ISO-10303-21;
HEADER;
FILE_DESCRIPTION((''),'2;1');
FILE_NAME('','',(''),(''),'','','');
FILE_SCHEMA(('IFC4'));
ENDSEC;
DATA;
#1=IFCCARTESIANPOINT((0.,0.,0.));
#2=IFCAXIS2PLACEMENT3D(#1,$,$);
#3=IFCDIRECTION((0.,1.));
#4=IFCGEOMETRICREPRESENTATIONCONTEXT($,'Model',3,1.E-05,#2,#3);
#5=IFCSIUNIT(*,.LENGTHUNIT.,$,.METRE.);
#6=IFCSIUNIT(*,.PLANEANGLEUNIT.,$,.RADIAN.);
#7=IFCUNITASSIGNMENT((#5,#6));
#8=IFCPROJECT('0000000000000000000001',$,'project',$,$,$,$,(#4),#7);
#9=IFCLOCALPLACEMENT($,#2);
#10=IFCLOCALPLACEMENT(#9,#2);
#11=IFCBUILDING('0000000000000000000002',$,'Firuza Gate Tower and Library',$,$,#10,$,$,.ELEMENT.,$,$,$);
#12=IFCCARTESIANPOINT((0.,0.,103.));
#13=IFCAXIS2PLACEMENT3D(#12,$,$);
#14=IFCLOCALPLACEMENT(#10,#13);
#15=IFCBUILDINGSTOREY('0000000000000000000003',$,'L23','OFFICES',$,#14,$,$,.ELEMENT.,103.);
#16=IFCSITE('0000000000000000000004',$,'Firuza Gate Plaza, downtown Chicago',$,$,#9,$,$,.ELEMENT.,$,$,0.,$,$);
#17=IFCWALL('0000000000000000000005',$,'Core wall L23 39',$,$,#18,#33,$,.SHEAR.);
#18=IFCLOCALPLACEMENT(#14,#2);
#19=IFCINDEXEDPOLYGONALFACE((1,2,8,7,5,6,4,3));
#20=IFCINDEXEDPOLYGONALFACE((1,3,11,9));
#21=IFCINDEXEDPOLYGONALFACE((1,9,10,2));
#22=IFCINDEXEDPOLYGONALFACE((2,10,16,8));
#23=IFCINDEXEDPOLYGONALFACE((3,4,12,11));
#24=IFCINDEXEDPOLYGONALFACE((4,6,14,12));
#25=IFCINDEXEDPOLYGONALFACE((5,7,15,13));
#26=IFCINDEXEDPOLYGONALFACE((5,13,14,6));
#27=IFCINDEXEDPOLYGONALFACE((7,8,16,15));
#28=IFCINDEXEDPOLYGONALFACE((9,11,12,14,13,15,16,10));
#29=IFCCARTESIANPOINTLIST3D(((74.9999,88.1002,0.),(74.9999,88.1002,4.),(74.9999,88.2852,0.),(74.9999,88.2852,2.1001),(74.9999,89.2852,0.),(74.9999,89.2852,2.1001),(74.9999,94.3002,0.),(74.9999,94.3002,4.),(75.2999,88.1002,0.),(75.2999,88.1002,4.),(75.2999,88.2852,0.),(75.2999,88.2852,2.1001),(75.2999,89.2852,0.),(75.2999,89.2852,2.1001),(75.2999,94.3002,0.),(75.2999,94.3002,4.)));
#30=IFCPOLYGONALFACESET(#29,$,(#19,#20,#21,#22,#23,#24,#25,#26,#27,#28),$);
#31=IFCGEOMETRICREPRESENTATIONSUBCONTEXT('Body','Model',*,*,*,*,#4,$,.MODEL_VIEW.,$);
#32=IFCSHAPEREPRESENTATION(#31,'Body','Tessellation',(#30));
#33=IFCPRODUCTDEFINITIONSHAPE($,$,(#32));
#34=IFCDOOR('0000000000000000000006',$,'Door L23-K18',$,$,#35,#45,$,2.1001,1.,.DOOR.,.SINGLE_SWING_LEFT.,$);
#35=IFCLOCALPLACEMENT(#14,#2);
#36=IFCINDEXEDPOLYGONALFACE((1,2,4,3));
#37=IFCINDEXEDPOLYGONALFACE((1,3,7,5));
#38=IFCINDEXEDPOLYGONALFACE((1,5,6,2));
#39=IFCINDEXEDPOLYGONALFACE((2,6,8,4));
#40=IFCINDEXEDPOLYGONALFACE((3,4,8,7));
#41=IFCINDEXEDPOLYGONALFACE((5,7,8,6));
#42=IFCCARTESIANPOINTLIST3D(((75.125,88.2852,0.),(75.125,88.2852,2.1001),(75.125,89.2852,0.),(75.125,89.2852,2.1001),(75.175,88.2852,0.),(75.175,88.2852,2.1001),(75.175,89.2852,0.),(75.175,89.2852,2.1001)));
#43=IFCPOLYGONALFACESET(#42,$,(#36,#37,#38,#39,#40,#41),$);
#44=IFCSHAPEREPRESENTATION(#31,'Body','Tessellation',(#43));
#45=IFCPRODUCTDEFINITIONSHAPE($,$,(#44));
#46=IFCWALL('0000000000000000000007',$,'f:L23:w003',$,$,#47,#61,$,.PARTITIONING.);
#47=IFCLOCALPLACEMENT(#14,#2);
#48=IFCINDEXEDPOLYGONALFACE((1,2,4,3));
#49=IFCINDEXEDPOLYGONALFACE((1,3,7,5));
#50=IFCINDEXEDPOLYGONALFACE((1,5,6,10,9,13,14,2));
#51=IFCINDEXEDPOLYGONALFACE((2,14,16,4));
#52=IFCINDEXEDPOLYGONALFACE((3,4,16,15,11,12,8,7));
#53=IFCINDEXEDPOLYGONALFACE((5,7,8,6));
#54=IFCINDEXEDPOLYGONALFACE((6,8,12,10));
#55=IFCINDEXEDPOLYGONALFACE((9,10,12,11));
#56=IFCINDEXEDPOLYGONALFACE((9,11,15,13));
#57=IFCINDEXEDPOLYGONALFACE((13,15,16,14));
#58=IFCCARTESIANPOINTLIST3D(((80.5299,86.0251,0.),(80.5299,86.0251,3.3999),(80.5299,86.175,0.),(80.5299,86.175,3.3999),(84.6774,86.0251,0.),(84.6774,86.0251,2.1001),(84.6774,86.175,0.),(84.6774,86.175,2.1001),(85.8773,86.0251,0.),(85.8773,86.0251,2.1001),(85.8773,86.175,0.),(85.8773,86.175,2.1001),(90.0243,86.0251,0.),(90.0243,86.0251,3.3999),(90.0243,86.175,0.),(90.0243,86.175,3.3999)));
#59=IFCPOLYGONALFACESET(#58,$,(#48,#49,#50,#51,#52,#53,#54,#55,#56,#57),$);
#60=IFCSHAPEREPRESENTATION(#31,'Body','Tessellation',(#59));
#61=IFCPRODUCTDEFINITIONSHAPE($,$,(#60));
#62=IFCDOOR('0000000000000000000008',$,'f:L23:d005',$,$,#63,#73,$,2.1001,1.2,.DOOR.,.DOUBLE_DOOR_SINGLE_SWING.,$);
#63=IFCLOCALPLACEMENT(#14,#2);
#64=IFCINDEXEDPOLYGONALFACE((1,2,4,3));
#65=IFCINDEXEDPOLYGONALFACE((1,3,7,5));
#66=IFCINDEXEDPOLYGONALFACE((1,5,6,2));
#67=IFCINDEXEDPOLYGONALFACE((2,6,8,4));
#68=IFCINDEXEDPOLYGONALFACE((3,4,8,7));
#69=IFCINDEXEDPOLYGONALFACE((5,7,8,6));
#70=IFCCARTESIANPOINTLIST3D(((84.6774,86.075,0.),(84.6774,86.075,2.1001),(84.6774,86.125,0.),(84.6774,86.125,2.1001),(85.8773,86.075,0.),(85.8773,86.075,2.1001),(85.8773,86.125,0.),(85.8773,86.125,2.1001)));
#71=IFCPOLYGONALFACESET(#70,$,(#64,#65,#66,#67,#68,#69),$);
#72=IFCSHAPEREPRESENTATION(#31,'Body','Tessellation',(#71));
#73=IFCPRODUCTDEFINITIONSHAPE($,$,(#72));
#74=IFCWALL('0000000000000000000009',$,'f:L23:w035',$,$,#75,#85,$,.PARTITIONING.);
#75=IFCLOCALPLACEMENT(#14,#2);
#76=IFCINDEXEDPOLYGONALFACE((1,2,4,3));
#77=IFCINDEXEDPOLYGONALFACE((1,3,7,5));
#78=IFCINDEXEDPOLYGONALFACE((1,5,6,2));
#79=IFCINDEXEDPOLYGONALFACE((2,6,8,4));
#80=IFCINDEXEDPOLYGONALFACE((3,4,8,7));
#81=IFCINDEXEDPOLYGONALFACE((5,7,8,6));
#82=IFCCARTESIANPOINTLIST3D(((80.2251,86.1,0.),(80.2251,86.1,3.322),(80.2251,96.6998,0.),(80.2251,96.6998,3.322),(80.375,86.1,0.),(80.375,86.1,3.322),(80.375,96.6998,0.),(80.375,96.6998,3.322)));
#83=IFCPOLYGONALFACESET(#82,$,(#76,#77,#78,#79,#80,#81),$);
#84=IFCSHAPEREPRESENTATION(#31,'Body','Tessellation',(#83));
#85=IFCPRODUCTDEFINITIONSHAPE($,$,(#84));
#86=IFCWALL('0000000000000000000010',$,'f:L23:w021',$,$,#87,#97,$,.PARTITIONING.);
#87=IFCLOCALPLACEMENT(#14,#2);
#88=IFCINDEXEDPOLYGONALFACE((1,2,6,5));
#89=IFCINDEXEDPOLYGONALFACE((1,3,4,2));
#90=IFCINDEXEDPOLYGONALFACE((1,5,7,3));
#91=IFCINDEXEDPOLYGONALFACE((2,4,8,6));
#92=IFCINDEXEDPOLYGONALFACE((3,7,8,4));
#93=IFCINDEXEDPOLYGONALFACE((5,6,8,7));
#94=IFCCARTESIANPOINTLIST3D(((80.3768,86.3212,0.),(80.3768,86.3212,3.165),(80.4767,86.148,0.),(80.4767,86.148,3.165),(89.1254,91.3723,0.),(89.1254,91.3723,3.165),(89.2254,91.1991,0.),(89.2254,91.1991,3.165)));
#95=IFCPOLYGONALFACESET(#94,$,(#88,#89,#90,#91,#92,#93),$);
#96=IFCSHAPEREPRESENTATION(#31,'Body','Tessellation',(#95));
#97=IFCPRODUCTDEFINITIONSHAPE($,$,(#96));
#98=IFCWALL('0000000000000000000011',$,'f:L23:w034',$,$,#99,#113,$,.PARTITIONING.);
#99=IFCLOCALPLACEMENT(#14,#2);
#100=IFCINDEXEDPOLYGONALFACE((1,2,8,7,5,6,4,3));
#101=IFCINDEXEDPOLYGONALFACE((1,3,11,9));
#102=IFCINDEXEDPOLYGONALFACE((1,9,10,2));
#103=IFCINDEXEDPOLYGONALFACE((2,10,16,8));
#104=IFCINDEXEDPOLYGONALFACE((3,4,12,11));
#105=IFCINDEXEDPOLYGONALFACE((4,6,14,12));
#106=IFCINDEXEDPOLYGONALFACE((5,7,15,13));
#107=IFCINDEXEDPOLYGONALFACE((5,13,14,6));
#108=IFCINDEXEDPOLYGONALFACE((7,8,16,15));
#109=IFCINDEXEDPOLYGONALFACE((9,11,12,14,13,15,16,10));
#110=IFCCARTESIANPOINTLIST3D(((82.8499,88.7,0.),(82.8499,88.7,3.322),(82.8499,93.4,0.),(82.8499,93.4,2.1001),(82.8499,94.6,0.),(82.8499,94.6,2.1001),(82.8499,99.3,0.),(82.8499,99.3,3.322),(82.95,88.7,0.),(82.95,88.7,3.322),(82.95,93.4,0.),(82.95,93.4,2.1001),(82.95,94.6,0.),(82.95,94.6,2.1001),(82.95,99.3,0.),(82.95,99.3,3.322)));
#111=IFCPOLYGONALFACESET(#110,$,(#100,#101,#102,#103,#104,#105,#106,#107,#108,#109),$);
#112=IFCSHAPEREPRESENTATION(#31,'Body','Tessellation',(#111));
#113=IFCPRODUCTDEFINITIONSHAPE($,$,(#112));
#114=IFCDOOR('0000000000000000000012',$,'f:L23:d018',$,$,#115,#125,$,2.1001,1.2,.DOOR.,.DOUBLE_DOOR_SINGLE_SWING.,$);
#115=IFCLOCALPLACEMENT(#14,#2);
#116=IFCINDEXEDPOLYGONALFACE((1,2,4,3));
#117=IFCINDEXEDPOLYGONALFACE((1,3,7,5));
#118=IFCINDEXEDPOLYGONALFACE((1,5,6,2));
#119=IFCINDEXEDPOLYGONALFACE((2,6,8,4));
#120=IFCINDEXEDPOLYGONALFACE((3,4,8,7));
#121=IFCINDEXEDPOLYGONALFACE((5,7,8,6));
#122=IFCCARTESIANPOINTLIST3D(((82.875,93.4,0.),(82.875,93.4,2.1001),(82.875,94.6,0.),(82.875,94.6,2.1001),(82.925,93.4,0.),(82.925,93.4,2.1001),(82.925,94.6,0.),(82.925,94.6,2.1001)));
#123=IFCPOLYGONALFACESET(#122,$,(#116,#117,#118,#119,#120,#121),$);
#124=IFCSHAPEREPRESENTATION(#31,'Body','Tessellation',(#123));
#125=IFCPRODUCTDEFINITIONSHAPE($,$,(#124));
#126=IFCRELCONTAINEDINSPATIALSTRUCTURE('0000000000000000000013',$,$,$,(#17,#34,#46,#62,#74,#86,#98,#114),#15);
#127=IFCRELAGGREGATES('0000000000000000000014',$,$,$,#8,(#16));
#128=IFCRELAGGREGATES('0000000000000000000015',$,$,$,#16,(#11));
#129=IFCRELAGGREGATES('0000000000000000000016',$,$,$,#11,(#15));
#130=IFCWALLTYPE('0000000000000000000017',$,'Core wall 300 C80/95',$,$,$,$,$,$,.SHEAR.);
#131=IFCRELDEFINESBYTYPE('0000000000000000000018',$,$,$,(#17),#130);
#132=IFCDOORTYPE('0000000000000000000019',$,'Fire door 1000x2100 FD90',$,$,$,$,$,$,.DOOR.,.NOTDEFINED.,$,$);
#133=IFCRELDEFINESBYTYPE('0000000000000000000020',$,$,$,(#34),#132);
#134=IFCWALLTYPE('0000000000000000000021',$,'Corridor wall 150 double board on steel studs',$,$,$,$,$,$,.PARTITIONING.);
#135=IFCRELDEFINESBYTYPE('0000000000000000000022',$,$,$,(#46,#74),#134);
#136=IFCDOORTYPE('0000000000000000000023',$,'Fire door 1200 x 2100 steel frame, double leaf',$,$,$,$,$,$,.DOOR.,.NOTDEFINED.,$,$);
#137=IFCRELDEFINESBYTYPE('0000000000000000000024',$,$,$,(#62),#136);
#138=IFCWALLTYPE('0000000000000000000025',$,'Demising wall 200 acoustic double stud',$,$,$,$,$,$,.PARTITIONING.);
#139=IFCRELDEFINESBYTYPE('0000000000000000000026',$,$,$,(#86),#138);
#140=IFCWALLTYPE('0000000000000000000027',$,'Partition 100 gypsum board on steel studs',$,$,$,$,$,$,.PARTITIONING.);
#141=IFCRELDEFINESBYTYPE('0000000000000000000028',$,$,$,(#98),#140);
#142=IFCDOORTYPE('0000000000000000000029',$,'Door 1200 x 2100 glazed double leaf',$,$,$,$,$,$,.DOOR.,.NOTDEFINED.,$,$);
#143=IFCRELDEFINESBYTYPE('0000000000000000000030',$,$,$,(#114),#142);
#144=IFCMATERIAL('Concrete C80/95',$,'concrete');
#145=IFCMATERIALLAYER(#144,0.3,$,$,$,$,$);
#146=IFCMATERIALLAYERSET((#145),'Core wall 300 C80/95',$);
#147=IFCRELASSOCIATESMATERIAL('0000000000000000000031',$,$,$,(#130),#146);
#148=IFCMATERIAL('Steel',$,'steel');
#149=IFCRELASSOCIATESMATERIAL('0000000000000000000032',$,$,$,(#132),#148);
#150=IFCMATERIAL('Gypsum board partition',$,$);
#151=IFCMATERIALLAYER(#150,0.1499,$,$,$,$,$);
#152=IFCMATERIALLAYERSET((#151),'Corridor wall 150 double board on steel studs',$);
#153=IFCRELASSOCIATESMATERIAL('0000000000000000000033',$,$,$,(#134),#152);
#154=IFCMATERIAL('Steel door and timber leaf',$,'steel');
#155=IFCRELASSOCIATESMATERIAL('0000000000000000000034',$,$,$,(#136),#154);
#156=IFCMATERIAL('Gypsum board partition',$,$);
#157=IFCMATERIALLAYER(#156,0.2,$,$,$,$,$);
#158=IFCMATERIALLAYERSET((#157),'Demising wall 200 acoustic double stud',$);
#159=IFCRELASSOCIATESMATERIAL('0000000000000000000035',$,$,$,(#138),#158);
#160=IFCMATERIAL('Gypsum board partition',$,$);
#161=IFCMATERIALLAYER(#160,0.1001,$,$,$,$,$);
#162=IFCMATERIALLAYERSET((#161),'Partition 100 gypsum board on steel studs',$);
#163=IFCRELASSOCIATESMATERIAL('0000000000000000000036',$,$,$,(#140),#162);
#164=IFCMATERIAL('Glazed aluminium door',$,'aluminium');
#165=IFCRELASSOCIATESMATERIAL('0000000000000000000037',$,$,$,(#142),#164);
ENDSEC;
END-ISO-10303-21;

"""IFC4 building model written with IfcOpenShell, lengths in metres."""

from ifc_helpers import new_model, si_unit, direction, frame, frame_2d, origin, place, context, subcontext, project, spatial, rectangle, extrude, material, layer, layer_set, type_object, element, fill, save


model = new_model("IFC4")

# Units and contexts
model_context = context("Model", 3, precision=1e-05, world=origin(), true_north=direction((0.0, 1.0)))
body_context = subcontext(model_context, "Body", "Model", "MODEL_VIEW")
ifc_project = project(units=[si_unit("LENGTHUNIT", "METRE"), si_unit("PLANEANGLEUNIT", "RADIAN")], contexts=[model_context])

# Site, building, storey
site_placement = place(None, origin())
site = spatial("IfcSite", under=ifc_project, at=site_placement, Name="Firuza Gate Plaza, downtown Chicago", CompositionType="ELEMENT", RefElevation=0.0)
building_placement = place(site_placement, origin())
building = spatial("IfcBuilding", under=site, at=building_placement, Name="Firuza Gate Tower and Library", CompositionType="ELEMENT")
storey_placement = place(building_placement, frame((0.0, 0.0, 103.0)))
storey = spatial("IfcBuildingStorey", under=building, at=storey_placement, Name="L23", Description="OFFICES", CompositionType="ELEMENT", Elevation=103.0)

# Shared definitions
ifc_material_1 = material(Name="Concrete C80/95", Category="concrete")
ifc_layer_1 = layer(ifc_material_1, 0.3)
ifc_layer_set_1 = layer_set([ifc_layer_1], Name="Core wall 300 C80/95")
wall_type_1 = type_object("IfcWallType", Name="Core wall 300 C80/95", PredefinedType="SHEAR", material=ifc_layer_set_1)

# Shared definitions
ifc_material_2 = material(Name="Steel", Category="steel")
door_type_1 = type_object("IfcDoorType", Name="Fire door 1000x2100 FD90", OperationType="NOTDEFINED", PredefinedType="DOOR", material=ifc_material_2)

# Walls, openings, doors
wall_1_placement = place(storey_placement, frame((75.1499, 88.1001, 0.0), z_axis=(0.0, 0.0, 1.0), x_axis=(0.0, 1.0, 0.0)))
wall_1 = element("IfcWall", 1, at=wall_1_placement, inside=storey, type_object=wall_type_1, Name="Core wall L23 39", PredefinedType="SHEAR", context=body_context, shape_type="SweptSolid", body=[
    extrude(rectangle(XDim=6.2, YDim=0.3, at=frame_2d((3.1001, 0.0))), origin(), (0.0, 0.0, 1.0), 4.0),
])
opening_1_placement = place(wall_1_placement, frame((0.1851, 0.0, 0.0)))
opening_1 = element("IfcOpeningElement", 2, at=opening_1_placement, cuts=wall_1, PredefinedType="OPENING", context=body_context, shape_type="SweptSolid", body=[
    extrude(rectangle(XDim=1.0, YDim=2.1001, at=frame_2d((0.5, 1.05))), frame((0.0, 0.1602, 0.0), z_axis=(0.0, -1.0, 0.0), x_axis=(1.0, 0.0, 0.0)), (0.0, 0.0, 1.0), 0.3201),
])
door_1_placement = place(opening_1_placement, origin())
door_1 = element("IfcDoor", 3, at=door_1_placement, inside=storey, type_object=door_type_1, Name="Door L23-K18", OperationType="SINGLE_SWING_LEFT", OverallHeight=2.1001, OverallWidth=1.0, PredefinedType="DOOR", context=body_context, shape_type="SweptSolid", body=[
    extrude(rectangle(XDim=1.0, YDim=2.1001, at=frame_2d((0.5, 1.05))), frame((0.0, 0.0249, 0.0), z_axis=(0.0, -1.0, 0.0), x_axis=(1.0, 0.0, 0.0)), (0.0, 0.0, 1.0), 0.05),
])
fill(opening_1, door_1)
ifc_material_3 = material(Name="Gypsum board partition")
ifc_layer_2 = layer(ifc_material_3, 0.1499)
ifc_layer_set_2 = layer_set([ifc_layer_2], Name="Corridor wall 150 double board on steel studs")
wall_type_2 = type_object("IfcWallType", Name="Corridor wall 150 double board on steel studs", PredefinedType="PARTITIONING", material=ifc_layer_set_2)
wall_2_placement = place(storey_placement, frame((80.53, 86.1001, 0.0), z_axis=(0.0, 0.0, 1.0), x_axis=(1.0, 0.0, 0.0)))
wall_2 = element("IfcWall", 4, at=wall_2_placement, inside=storey, type_object=wall_type_2, Name="f:L23:w003", PredefinedType="PARTITIONING", context=body_context, shape_type="SweptSolid", body=[
    extrude(rectangle(XDim=9.4944, YDim=0.1499, at=frame_2d((4.7471, 0.0))), origin(), (0.0, 0.0, 1.0), 3.3999),
])
opening_2_placement = place(wall_2_placement, frame((4.1472, 0.0, 0.0)))
opening_2 = element("IfcOpeningElement", 5, at=opening_2_placement, cuts=wall_2, PredefinedType="OPENING", context=body_context, shape_type="SweptSolid", body=[
    extrude(rectangle(XDim=1.2, YDim=2.1001, at=frame_2d((0.6001, 1.05))), frame((0.0, 0.085, 0.0), z_axis=(0.0, -1.0, 0.0), x_axis=(1.0, 0.0, 0.0)), (0.0, 0.0, 1.0), 0.1699),
])
ifc_material_4 = material(Name="Steel door and timber leaf", Category="steel")
door_type_2 = type_object("IfcDoorType", Name="Fire door 1200 x 2100 steel frame, double leaf", OperationType="NOTDEFINED", PredefinedType="DOOR", material=ifc_material_4)
door_2_placement = place(opening_2_placement, origin())
door_2 = element("IfcDoor", 6, at=door_2_placement, inside=storey, type_object=door_type_2, Name="f:L23:d005", OperationType="DOUBLE_DOOR_SINGLE_SWING", OverallHeight=2.1001, OverallWidth=1.2, PredefinedType="DOOR", context=body_context, shape_type="SweptSolid", body=[
    extrude(rectangle(XDim=1.2, YDim=2.1001, at=frame_2d((0.6001, 1.05))), frame((0.0, 0.0249, 0.0), z_axis=(0.0, -1.0, 0.0), x_axis=(1.0, 0.0, 0.0)), (0.0, 0.0, 1.0), 0.05),
])
fill(opening_2, door_2)

# Walls
wall_3_placement = place(storey_placement, frame((80.3, 86.1001, 0.0), z_axis=(0.0, 0.0, 1.0), x_axis=(0.0, 1.0, 0.0)))
element("IfcWall", 7, at=wall_3_placement, inside=storey, type_object=wall_type_2, Name="f:L23:w035", PredefinedType="PARTITIONING", context=body_context, shape_type="SweptSolid", body=[
    extrude(rectangle(XDim=10.5999, YDim=0.1499, at=frame_2d((5.2998, 0.0))), origin(), (0.0, 0.0, 1.0), 3.322),
])
ifc_material_5 = material(Name="Gypsum board partition")
ifc_layer_3 = layer(ifc_material_5, 0.2)
ifc_layer_set_3 = layer_set([ifc_layer_3], Name="Demising wall 200 acoustic double stud")
wall_type_3 = type_object("IfcWallType", Name="Demising wall 200 acoustic double stud", PredefinedType="PARTITIONING", material=ifc_layer_set_3)
wall_4_placement = place(storey_placement, frame((80.4268, 86.2346, 0.0), z_axis=(0.0, 0.0, 1.0), x_axis=(0.866023, 0.500004, 0.0)))
element("IfcWall", 8, at=wall_4_placement, inside=storey, type_object=wall_type_3, Name="f:L23:w021", PredefinedType="PARTITIONING", context=body_context, shape_type="SweptSolid", body=[
    extrude(rectangle(XDim=10.1021, YDim=0.2, at=frame_2d((5.051, 0.0))), origin(), (0.0, 0.0, 1.0), 3.165),
])

# Wall, opening, door
ifc_material_6 = material(Name="Gypsum board partition")
ifc_layer_4 = layer(ifc_material_6, 0.1001)
ifc_layer_set_4 = layer_set([ifc_layer_4], Name="Partition 100 gypsum board on steel studs")
wall_type_4 = type_object("IfcWallType", Name="Partition 100 gypsum board on steel studs", PredefinedType="PARTITIONING", material=ifc_layer_set_4)
wall_5_placement = place(storey_placement, frame((82.8999, 88.7, 0.0), z_axis=(0.0, 0.0, 1.0), x_axis=(0.0, 1.0, 0.0)))
wall_5 = element("IfcWall", 9, at=wall_5_placement, inside=storey, type_object=wall_type_4, Name="f:L23:w034", PredefinedType="PARTITIONING", context=body_context, shape_type="SweptSolid", body=[
    extrude(rectangle(XDim=10.6001, YDim=0.1001, at=frame_2d((5.3, 0.0))), origin(), (0.0, 0.0, 1.0), 3.322),
])
opening_3_placement = place(wall_5_placement, frame((4.7, 0.0, 0.0)))
opening_3 = element("IfcOpeningElement", 10, at=opening_3_placement, cuts=wall_5, PredefinedType="OPENING", context=body_context, shape_type="SweptSolid", body=[
    extrude(rectangle(XDim=1.2, YDim=2.1001, at=frame_2d((0.6001, 1.05))), frame((0.0, 0.0601, 0.0), z_axis=(0.0, -1.0, 0.0), x_axis=(1.0, 0.0, 0.0)), (0.0, 0.0, 1.0), 0.1201),
])
ifc_material_7 = material(Name="Glazed aluminium door", Category="aluminium")
door_type_3 = type_object("IfcDoorType", Name="Door 1200 x 2100 glazed double leaf", OperationType="NOTDEFINED", PredefinedType="DOOR", material=ifc_material_7)
door_3_placement = place(opening_3_placement, origin())
door_3 = element("IfcDoor", 11, at=door_3_placement, inside=storey, type_object=door_type_3, Name="f:L23:d018", OperationType="DOUBLE_DOOR_SINGLE_SWING", OverallHeight=2.1001, OverallWidth=1.2, PredefinedType="DOOR", context=body_context, shape_type="SweptSolid", body=[
    extrude(rectangle(XDim=1.2, YDim=2.1001, at=frame_2d((0.6001, 1.05))), frame((0.0, 0.0249, 0.0), z_axis=(0.0, -1.0, 0.0), x_axis=(1.0, 0.0, 0.0)), (0.0, 0.0, 1.0), 0.05),
])
fill(opening_3, door_3)

save(model, "model.ifc")
